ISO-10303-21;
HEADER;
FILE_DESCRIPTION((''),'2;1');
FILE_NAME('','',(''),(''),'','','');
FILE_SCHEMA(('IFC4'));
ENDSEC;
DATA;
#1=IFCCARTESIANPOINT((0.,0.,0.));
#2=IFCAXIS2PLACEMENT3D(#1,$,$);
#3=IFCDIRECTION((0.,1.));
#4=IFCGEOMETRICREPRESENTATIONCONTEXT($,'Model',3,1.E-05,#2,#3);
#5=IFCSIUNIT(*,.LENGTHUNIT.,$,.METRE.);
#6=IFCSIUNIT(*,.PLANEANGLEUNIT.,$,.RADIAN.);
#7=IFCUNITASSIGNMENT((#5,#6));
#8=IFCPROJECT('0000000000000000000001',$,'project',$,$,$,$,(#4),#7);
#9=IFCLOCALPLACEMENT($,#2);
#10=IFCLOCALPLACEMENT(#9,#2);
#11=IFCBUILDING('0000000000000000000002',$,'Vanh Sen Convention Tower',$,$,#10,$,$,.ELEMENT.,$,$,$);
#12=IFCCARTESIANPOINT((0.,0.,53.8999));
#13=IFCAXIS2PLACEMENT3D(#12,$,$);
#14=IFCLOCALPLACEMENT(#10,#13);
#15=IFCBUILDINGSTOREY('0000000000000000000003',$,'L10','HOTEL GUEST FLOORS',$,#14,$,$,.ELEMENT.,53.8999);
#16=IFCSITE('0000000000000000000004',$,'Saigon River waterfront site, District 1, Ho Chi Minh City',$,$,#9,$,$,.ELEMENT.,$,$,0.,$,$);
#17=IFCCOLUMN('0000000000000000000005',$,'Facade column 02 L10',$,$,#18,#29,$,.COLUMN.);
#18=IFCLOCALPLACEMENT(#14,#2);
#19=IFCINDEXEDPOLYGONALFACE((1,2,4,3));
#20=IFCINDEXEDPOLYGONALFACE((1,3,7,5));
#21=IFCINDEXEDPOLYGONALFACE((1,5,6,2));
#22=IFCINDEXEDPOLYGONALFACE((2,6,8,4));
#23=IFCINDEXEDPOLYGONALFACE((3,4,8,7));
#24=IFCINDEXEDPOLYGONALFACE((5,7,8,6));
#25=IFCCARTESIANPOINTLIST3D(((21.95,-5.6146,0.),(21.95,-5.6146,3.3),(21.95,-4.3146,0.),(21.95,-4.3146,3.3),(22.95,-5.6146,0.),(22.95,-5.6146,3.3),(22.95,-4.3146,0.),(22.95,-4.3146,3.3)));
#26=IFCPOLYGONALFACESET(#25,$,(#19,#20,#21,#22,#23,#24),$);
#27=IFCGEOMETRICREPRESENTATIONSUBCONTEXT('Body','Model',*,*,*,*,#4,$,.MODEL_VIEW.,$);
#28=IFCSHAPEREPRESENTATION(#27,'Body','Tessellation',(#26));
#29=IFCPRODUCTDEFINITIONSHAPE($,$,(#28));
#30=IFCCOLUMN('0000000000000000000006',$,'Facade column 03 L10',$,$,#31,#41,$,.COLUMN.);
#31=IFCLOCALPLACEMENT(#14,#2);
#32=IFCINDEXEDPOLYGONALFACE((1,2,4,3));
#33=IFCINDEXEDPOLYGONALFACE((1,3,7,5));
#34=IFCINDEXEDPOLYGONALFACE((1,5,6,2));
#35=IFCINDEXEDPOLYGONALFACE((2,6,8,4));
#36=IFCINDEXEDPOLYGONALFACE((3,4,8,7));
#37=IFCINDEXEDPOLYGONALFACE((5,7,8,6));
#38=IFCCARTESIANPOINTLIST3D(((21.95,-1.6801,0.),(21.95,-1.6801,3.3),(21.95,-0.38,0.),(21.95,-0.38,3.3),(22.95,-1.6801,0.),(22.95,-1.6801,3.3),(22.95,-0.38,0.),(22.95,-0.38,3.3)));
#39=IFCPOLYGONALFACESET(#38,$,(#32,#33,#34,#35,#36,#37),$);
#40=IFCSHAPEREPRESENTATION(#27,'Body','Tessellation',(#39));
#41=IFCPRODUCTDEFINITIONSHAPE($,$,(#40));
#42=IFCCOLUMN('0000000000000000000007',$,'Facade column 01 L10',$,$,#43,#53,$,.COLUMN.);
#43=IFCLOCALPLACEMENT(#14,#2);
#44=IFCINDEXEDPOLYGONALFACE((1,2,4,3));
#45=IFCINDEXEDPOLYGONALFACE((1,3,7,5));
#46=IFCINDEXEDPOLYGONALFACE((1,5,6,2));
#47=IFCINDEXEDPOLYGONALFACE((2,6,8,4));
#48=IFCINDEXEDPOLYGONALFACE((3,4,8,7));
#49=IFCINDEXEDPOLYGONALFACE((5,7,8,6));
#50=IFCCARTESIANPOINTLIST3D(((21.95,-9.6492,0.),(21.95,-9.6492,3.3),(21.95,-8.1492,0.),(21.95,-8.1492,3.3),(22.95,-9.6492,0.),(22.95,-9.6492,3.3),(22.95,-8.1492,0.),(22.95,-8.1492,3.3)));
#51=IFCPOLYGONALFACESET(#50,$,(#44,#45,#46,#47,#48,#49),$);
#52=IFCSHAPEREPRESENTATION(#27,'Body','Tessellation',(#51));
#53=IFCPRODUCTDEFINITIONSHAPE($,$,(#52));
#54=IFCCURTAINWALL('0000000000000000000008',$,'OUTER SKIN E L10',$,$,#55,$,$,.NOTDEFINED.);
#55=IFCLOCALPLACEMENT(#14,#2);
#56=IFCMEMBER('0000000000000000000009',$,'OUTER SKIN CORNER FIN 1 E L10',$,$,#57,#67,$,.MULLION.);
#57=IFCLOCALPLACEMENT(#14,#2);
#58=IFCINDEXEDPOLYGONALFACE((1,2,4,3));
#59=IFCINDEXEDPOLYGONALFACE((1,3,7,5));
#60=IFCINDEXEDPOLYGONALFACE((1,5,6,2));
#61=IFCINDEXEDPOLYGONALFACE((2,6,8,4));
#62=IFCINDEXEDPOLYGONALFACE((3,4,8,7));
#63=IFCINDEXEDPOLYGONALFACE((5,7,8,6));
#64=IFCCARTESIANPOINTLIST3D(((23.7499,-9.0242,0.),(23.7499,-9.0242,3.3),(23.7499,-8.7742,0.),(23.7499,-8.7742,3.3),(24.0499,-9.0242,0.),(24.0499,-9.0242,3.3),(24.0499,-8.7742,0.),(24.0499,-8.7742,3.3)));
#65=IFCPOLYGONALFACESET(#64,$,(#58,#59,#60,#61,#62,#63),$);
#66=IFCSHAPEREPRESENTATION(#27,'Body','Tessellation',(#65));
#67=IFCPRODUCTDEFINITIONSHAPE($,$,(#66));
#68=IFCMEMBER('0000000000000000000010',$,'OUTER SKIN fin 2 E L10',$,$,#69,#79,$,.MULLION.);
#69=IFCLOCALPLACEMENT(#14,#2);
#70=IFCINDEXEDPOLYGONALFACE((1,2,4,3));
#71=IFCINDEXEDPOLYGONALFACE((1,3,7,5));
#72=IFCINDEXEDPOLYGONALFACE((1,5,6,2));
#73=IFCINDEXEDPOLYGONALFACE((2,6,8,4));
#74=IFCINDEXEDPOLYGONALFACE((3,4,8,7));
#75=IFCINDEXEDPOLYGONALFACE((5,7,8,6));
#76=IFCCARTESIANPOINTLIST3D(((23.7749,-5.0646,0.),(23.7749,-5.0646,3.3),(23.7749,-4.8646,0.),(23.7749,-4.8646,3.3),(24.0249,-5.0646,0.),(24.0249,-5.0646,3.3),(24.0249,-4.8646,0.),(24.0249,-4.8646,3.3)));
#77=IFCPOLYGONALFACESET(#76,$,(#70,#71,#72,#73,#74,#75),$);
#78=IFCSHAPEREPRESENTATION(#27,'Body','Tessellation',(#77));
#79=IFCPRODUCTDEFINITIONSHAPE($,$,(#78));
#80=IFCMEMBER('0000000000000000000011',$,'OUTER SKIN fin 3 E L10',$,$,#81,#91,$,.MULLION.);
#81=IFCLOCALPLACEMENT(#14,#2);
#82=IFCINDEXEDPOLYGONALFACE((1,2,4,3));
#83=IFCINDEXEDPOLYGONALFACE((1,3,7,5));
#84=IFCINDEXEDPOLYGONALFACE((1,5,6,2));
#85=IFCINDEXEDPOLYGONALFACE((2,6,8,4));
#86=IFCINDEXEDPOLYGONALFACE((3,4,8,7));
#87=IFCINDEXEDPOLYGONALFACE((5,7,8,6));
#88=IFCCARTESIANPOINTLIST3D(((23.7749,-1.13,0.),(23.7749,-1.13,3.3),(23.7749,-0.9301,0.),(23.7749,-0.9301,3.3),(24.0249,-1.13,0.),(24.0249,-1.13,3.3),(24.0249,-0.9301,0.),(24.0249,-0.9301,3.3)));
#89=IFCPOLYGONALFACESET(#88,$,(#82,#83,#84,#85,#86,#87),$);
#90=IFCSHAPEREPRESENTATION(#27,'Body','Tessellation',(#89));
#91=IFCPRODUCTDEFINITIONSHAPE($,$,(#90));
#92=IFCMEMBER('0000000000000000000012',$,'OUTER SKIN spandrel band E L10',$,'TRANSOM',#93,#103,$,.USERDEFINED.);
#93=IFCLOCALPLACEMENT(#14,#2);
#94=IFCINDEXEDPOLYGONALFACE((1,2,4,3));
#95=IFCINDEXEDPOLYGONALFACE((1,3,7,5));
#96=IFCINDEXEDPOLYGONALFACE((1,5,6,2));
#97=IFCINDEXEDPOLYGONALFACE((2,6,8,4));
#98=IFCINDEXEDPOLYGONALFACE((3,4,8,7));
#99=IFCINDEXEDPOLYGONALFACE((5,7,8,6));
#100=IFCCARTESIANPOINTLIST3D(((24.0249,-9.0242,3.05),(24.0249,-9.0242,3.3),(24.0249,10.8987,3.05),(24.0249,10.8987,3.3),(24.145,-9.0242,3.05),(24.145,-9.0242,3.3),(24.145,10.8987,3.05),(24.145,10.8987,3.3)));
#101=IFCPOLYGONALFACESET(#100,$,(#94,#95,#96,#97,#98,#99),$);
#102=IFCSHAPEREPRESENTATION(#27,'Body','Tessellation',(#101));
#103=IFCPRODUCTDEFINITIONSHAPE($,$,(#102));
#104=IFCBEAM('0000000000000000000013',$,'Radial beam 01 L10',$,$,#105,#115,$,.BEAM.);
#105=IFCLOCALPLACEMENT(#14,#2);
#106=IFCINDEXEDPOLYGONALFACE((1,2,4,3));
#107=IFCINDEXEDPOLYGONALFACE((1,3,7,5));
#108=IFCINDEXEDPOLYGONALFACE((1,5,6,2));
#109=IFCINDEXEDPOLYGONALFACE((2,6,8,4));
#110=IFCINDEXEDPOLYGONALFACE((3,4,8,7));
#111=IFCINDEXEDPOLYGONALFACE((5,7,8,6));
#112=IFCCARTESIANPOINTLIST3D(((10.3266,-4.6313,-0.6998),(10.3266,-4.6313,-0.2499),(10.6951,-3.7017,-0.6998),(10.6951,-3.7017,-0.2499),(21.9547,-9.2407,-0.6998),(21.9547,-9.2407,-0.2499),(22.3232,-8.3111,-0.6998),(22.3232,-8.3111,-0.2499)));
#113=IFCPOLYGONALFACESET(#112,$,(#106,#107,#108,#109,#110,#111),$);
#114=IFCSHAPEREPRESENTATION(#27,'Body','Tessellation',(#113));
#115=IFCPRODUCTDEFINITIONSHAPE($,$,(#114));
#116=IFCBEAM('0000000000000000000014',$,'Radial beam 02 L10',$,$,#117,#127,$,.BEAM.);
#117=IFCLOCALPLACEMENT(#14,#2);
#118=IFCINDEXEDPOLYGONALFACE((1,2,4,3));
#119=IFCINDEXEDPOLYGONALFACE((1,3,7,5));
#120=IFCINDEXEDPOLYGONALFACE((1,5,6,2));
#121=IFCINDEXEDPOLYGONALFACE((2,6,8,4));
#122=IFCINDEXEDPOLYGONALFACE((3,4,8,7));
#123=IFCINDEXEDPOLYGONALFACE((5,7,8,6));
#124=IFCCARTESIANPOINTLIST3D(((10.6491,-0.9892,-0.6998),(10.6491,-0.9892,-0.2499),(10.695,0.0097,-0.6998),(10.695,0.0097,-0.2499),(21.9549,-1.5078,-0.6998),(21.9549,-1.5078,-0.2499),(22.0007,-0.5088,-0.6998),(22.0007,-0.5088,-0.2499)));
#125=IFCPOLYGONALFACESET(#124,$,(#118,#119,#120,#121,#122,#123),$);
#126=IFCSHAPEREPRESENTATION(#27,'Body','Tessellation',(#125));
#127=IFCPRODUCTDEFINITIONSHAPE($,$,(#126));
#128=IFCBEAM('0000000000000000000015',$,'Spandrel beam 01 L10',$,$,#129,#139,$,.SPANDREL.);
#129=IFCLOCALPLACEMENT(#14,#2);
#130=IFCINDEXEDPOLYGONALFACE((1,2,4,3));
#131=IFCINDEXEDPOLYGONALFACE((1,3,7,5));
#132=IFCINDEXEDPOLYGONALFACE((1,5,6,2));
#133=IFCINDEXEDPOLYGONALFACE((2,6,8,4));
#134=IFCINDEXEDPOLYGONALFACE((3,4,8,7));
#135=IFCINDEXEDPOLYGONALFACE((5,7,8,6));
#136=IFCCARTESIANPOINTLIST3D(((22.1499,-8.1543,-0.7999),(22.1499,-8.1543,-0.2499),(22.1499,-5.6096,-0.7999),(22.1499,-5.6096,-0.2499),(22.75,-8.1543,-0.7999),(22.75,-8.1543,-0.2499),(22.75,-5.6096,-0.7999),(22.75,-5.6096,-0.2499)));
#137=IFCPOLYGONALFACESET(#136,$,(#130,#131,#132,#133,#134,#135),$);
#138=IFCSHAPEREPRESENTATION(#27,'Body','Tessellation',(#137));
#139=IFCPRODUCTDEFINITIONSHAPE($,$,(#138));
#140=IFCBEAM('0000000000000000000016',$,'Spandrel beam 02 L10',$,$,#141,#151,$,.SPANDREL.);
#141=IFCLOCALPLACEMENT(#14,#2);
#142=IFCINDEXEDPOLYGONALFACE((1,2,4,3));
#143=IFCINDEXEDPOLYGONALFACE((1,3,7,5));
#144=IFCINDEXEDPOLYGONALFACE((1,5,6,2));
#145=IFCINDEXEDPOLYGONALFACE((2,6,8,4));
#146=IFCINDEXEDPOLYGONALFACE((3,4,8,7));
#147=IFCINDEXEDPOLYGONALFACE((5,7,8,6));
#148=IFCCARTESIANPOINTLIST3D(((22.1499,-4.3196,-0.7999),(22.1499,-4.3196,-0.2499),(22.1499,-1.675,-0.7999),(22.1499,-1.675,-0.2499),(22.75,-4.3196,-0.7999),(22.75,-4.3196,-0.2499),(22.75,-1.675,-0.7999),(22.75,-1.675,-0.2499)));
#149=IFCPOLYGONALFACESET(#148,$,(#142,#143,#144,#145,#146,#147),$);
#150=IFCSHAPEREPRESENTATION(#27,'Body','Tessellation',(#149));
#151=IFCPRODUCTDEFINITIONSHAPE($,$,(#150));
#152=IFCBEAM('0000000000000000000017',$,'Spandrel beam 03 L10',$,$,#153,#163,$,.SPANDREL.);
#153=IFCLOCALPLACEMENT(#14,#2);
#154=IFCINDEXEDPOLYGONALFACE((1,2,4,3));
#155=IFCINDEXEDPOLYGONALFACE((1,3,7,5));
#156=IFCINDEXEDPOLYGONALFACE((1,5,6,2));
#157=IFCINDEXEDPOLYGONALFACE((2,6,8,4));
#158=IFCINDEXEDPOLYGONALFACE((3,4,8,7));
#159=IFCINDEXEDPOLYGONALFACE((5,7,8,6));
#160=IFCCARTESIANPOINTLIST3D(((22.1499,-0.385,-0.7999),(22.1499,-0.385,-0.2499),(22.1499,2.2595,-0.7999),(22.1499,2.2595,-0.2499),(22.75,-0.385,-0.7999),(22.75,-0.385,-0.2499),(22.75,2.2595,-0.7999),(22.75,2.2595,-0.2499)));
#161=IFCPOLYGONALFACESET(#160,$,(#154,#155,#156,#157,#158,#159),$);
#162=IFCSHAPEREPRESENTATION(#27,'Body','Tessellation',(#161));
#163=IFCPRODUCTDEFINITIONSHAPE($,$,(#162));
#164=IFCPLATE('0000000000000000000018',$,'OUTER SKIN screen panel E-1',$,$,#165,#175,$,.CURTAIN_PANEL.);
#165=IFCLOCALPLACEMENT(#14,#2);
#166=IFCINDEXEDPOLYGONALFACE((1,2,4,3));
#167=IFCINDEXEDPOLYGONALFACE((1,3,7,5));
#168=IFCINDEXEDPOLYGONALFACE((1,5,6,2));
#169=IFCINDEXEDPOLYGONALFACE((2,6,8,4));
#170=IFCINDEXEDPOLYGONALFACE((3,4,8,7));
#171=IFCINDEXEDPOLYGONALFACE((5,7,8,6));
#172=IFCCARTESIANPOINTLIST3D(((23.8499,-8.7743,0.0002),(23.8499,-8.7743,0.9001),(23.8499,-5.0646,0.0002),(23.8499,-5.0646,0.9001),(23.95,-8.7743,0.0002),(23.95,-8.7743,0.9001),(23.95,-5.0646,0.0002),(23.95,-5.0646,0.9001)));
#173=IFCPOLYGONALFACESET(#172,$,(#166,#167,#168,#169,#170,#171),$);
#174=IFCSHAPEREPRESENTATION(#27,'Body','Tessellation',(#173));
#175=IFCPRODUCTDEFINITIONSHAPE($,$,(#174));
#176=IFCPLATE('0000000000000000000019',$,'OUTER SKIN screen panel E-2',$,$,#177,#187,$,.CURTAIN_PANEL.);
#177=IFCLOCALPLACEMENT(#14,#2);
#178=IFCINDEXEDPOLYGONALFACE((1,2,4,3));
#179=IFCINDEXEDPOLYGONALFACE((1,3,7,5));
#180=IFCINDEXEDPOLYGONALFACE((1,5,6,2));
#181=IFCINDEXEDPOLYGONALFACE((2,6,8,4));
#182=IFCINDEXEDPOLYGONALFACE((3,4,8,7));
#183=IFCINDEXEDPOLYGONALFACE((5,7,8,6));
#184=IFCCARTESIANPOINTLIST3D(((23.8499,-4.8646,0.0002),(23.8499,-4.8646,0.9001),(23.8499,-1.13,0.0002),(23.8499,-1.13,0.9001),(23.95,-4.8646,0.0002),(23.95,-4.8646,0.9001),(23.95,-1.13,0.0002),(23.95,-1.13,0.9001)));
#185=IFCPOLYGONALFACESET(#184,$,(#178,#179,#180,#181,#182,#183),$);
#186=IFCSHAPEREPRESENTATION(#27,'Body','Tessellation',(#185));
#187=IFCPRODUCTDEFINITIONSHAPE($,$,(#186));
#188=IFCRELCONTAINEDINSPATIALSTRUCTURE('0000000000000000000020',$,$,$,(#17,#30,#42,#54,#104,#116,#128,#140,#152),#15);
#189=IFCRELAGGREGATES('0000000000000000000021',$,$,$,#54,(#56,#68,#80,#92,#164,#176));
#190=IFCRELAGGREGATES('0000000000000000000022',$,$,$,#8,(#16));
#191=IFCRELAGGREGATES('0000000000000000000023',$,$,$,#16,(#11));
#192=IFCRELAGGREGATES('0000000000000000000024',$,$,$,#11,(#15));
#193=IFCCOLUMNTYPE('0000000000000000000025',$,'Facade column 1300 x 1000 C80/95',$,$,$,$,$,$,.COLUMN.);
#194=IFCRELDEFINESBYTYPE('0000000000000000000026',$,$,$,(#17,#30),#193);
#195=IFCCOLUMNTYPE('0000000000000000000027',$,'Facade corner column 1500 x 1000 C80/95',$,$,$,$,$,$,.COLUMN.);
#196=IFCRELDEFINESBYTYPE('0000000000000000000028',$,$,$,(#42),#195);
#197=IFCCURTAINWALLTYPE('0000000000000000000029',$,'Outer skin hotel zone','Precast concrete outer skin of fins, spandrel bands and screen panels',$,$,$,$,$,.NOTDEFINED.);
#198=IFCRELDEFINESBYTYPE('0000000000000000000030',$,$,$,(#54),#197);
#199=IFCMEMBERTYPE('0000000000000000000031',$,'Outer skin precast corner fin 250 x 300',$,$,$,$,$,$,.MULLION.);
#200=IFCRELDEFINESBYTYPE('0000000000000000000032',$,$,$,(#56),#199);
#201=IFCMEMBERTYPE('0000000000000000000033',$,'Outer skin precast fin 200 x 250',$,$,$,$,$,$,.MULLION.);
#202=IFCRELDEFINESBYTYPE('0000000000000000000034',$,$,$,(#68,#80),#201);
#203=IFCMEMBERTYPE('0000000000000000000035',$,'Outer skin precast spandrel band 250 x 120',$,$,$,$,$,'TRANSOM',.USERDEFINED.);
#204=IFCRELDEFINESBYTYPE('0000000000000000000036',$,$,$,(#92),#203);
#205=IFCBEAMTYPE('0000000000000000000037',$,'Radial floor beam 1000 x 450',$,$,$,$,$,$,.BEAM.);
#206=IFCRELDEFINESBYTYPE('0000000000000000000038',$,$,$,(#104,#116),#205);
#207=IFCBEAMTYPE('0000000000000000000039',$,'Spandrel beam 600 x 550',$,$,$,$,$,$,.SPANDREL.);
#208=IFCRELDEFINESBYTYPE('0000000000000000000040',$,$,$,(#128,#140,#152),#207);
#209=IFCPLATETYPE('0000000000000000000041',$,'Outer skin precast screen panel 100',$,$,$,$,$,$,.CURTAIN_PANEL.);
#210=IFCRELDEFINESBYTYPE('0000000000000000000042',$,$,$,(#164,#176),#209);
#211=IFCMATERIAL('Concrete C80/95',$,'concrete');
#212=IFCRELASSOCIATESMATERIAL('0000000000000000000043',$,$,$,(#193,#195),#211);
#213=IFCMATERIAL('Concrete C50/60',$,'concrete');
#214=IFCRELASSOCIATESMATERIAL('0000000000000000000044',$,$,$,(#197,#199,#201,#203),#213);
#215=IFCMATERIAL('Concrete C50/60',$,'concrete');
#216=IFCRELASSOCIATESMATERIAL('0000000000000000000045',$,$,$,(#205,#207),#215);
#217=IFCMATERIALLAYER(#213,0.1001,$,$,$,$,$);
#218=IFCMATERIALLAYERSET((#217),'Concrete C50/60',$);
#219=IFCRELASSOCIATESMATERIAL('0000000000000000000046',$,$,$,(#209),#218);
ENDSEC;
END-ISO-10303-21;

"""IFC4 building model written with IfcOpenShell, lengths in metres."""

from ifc_helpers import new_model, si_unit, direction, frame, origin, origin_2d, place, context, subcontext, project, spatial, rectangle, extrude, material, layer, layer_set, material_profile, profile_set, type_object, element, aggregate, save


model = new_model("IFC4")

# Units and contexts
model_context = context("Model", 3, precision=1e-05, world=origin(), true_north=direction((0.0, 1.0)))
body_context = subcontext(model_context, "Body", "Model", "MODEL_VIEW")
ifc_project = project(units=[si_unit("LENGTHUNIT", "METRE"), si_unit("PLANEANGLEUNIT", "RADIAN")], contexts=[model_context])

# Site, building, storey
site_placement = place(None, origin())
site = spatial("IfcSite", under=ifc_project, at=site_placement, Name="Saigon River waterfront site, District 1, Ho Chi Minh City", CompositionType="ELEMENT", RefElevation=0.0)
building_placement = place(site_placement, origin())
building = spatial("IfcBuilding", under=site, at=building_placement, Name="Vanh Sen Convention Tower", CompositionType="ELEMENT")
storey_placement = place(building_placement, frame((0.0, 0.0, 53.8999)))
storey = spatial("IfcBuildingStorey", under=building, at=storey_placement, Name="L10", Description="HOTEL GUEST FLOORS", CompositionType="ELEMENT", Elevation=53.8999)

# Columns
ifc_material_1 = material(Name="Concrete C80/95", Category="concrete")
ifc_material_profile_1 = material_profile(ifc_material_1, rectangle(XDim=1.3, YDim=1.0, at=origin_2d()), Name="RC 1300X1000")
ifc_profile_set_1 = profile_set([ifc_material_profile_1], Name="Concrete C80/95")
column_type_1 = type_object("IfcColumnType", Name="Facade column 1300 x 1000 C80/95", PredefinedType="COLUMN", material=ifc_profile_set_1)
for number, where, z_axis, x_axis, name in (
    (1, (22.45, -4.9646, 0.0), (0.0, 0.0, 1.0), (0.0, 1.0, 0.0), "Facade column 02 L10"),
    (2, (22.45, -1.03, 0.0), (0.0, 0.0, 1.0), (0.0, 1.0, 0.0), "Facade column 03 L10"),
):
    element("IfcColumn", number, at=place(storey_placement, frame(where, z_axis=z_axis, x_axis=x_axis)), inside=storey, type_object=column_type_1, Name=name, PredefinedType="COLUMN", context=body_context, shape_type="SweptSolid", body=[
        extrude(rectangle(XDim=1.3, YDim=1.0, at=origin_2d()), origin(), (0.0, 0.0, 1.0), 3.3),
    ])
ifc_material_profile_2 = material_profile(ifc_material_1, rectangle(XDim=1.5, YDim=1.0, at=origin_2d()), Name="RC 1500X1000")
ifc_profile_set_2 = profile_set([ifc_material_profile_2], Name="Concrete C80/95")
column_type_2 = type_object("IfcColumnType", Name="Facade corner column 1500 x 1000 C80/95", PredefinedType="COLUMN", material=ifc_profile_set_2)
column_placement = place(storey_placement, frame((22.45, -8.8992, 0.0), z_axis=(0.0, 0.0, 1.0), x_axis=(0.0, 1.0, 0.0)))
element("IfcColumn", 3, at=column_placement, inside=storey, type_object=column_type_2, Name="Facade column 01 L10", PredefinedType="COLUMN", context=body_context, shape_type="SweptSolid", body=[
    extrude(rectangle(XDim=1.5, YDim=1.0, at=origin_2d()), origin(), (0.0, 0.0, 1.0), 3.3),
])

# Curtain wall, members
ifc_material_2 = material(Name="Concrete C50/60", Category="concrete")
curtain_wall_type = type_object("IfcCurtainWallType", Name="Outer skin hotel zone", Description="Precast concrete outer skin of fins, spandrel bands and screen panels", PredefinedType="NOTDEFINED", material=ifc_material_2)
curtain_wall_placement = place(storey_placement, origin())
curtain_wall = element("IfcCurtainWall", 4, at=curtain_wall_placement, inside=storey, type_object=curtain_wall_type, Name="OUTER SKIN E L10", PredefinedType="NOTDEFINED")
ifc_material_profile_3 = material_profile(ifc_material_2, rectangle(XDim=0.25, YDim=0.3, at=origin_2d()), Name="Outer skin precast corner fin 250 x 300")
ifc_profile_set_3 = profile_set([ifc_material_profile_3], Name="Concrete C50/60")
member_type_1 = type_object("IfcMemberType", Name="Outer skin precast corner fin 250 x 300", PredefinedType="MULLION", material=ifc_profile_set_3)
member_1_placement = place(storey_placement, frame((23.8999, -8.8992, 0.0), z_axis=(0.0, 0.0, 1.0), x_axis=(0.0, 1.0, 0.0)))
member_1 = element("IfcMember", 5, at=member_1_placement, type_object=member_type_1, Name="OUTER SKIN CORNER FIN 1 E L10", PredefinedType="MULLION", context=body_context, shape_type="SweptSolid", body=[
    extrude(rectangle(XDim=0.25, YDim=0.3, at=origin_2d()), origin(), (0.0, 0.0, 1.0), 3.3),
])
ifc_material_profile_4 = material_profile(ifc_material_2, rectangle(XDim=0.2, YDim=0.25, at=origin_2d()), Name="Outer skin precast fin 200 x 250")
ifc_profile_set_4 = profile_set([ifc_material_profile_4], Name="Concrete C50/60")
member_type_2 = type_object("IfcMemberType", Name="Outer skin precast fin 200 x 250", PredefinedType="MULLION", material=ifc_profile_set_4)
member_2_placement = place(storey_placement, frame((23.8999, -4.9646, 0.0), z_axis=(0.0, 0.0, 1.0), x_axis=(0.0, 1.0, 0.0)))
member_2 = element("IfcMember", 6, at=member_2_placement, type_object=member_type_2, Name="OUTER SKIN fin 2 E L10", PredefinedType="MULLION", context=body_context, shape_type="SweptSolid", body=[
    extrude(rectangle(XDim=0.2, YDim=0.25, at=origin_2d()), origin(), (0.0, 0.0, 1.0), 3.3),
])
member_3_placement = place(storey_placement, frame((23.8999, -1.03, 0.0), z_axis=(0.0, 0.0, 1.0), x_axis=(0.0, 1.0, 0.0)))
member_3 = element("IfcMember", 7, at=member_3_placement, type_object=member_type_2, Name="OUTER SKIN fin 3 E L10", PredefinedType="MULLION", context=body_context, shape_type="SweptSolid", body=[
    extrude(rectangle(XDim=0.2, YDim=0.25, at=origin_2d()), origin(), (0.0, 0.0, 1.0), 3.3),
])
ifc_material_profile_5 = material_profile(ifc_material_2, rectangle(XDim=0.1201, YDim=0.25, at=origin_2d()), Name="Outer skin precast spandrel band 250 x 120")
ifc_profile_set_5 = profile_set([ifc_material_profile_5], Name="Concrete C50/60")
member_type_3 = type_object("IfcMemberType", Name="Outer skin precast spandrel band 250 x 120", ElementType="TRANSOM", PredefinedType="USERDEFINED", material=ifc_profile_set_5)
member_4_placement = place(storey_placement, frame((24.085, -9.0242, 3.175), z_axis=(0.0, 1.0, 0.0), x_axis=(-1.0, 0.0, 0.0)))
member_4 = element("IfcMember", 8, at=member_4_placement, type_object=member_type_3, Name="OUTER SKIN spandrel band E L10", ObjectType="TRANSOM", PredefinedType="USERDEFINED", context=body_context, shape_type="SweptSolid", body=[
    extrude(rectangle(XDim=0.1201, YDim=0.25, at=origin_2d()), origin(), (0.0, 0.0, 1.0), 19.9229),
])

# Beams
ifc_material_3 = material(Name="Concrete C50/60", Category="concrete")
ifc_material_profile_6 = material_profile(ifc_material_3, rectangle(XDim=1.0, YDim=0.45, at=origin_2d()), Name="RC 1000X450")
ifc_profile_set_6 = profile_set([ifc_material_profile_6], Name="Concrete C50/60")
beam_type_1 = type_object("IfcBeamType", Name="Radial floor beam 1000 x 450", PredefinedType="BEAM", material=ifc_profile_set_6)
beam_1_placement = place(storey_placement, frame((22.1389, -8.7759, -0.4749), z_axis=(-0.929624, 0.368508, 0.0), x_axis=(-0.368508, -0.929624, 0.0)))
element("IfcBeam", 9, at=beam_1_placement, inside=storey, type_object=beam_type_1, Name="Radial beam 01 L10", PredefinedType="BEAM", context=body_context, shape_type="SweptSolid", body=[
    extrude(rectangle(XDim=1.0, YDim=0.45, at=origin_2d()), origin(), (0.0, 0.0, 1.0), 12.5083),
])
beam_2_placement = place(storey_placement, frame((21.9778, -1.0083, -0.4749), z_axis=(-0.99895, 0.045819, 0.0), x_axis=(-0.045819, -0.99895, 0.0)))
element("IfcBeam", 10, at=beam_2_placement, inside=storey, type_object=beam_type_1, Name="Radial beam 02 L10", PredefinedType="BEAM", context=body_context, shape_type="SweptSolid", body=[
    extrude(rectangle(XDim=1.0, YDim=0.45, at=origin_2d()), origin(), (0.0, 0.0, 1.0), 11.3176),
])
ifc_material_profile_7 = material_profile(ifc_material_3, rectangle(XDim=0.6001, YDim=0.55, at=origin_2d()), Name="RC 600X550")
ifc_profile_set_7 = profile_set([ifc_material_profile_7], Name="Concrete C50/60")
beam_type_2 = type_object("IfcBeamType", Name="Spandrel beam 600 x 550", PredefinedType="SPANDREL", material=ifc_profile_set_7)
beam_3_placement = place(storey_placement, frame((22.45, -8.1543, -0.5249), z_axis=(0.0, 1.0, 0.0), x_axis=(-1.0, 0.0, 0.0)))
element("IfcBeam", 11, at=beam_3_placement, inside=storey, type_object=beam_type_2, Name="Spandrel beam 01 L10", PredefinedType="SPANDREL", context=body_context, shape_type="SweptSolid", body=[
    extrude(rectangle(XDim=0.6001, YDim=0.55, at=origin_2d()), origin(), (0.0, 0.0, 1.0), 2.5447),
])
for number, where, z_axis, x_axis, name in (
    (12, (22.45, -4.3196, -0.5249), (0.0, 1.0, 0.0), (-1.0, 0.0, 0.0), "Spandrel beam 02 L10"),
    (13, (22.45, -0.385, -0.5249), (0.0, 1.0, 0.0), (-1.0, 0.0, 0.0), "Spandrel beam 03 L10"),
):
    element("IfcBeam", number, at=place(storey_placement, frame(where, z_axis=z_axis, x_axis=x_axis)), inside=storey, type_object=beam_type_2, Name=name, PredefinedType="SPANDREL", context=body_context, shape_type="SweptSolid", body=[
        extrude(rectangle(XDim=0.6001, YDim=0.55, at=origin_2d()), origin(), (0.0, 0.0, 1.0), 2.6445),
    ])

# Plates
ifc_layer_1 = layer(ifc_material_2, 0.1001)
ifc_layer_set_1 = layer_set([ifc_layer_1], Name="Concrete C50/60")
plate_type = type_object("IfcPlateType", Name="Outer skin precast screen panel 100", PredefinedType="CURTAIN_PANEL", material=ifc_layer_set_1)
plate_1_placement = place(storey_placement, frame((23.8999, -6.9194, 0.0002), z_axis=(0.0, 0.0, 1.0), x_axis=(0.0, 1.0, 0.0)))
plate_1 = element("IfcPlate", 14, at=plate_1_placement, type_object=plate_type, Name="OUTER SKIN screen panel E-1", PredefinedType="CURTAIN_PANEL", context=body_context, shape_type="SweptSolid", body=[
    extrude(rectangle(XDim=3.7097, YDim=0.1001, at=origin_2d()), origin(), (0.0, 0.0, 1.0), 0.8999),
])
plate_2_placement = place(storey_placement, frame((23.8999, -2.9973, 0.0002), z_axis=(0.0, 0.0, 1.0), x_axis=(0.0, 1.0, 0.0)))
plate_2 = element("IfcPlate", 15, at=plate_2_placement, type_object=plate_type, Name="OUTER SKIN screen panel E-2", PredefinedType="CURTAIN_PANEL", context=body_context, shape_type="SweptSolid", body=[
    extrude(rectangle(XDim=3.7346, YDim=0.1001, at=origin_2d()), origin(), (0.0, 0.0, 1.0), 0.8999),
])
aggregate(curtain_wall, [member_1, member_2, member_3, member_4, plate_1, plate_2])

save(model, "model.ifc")
